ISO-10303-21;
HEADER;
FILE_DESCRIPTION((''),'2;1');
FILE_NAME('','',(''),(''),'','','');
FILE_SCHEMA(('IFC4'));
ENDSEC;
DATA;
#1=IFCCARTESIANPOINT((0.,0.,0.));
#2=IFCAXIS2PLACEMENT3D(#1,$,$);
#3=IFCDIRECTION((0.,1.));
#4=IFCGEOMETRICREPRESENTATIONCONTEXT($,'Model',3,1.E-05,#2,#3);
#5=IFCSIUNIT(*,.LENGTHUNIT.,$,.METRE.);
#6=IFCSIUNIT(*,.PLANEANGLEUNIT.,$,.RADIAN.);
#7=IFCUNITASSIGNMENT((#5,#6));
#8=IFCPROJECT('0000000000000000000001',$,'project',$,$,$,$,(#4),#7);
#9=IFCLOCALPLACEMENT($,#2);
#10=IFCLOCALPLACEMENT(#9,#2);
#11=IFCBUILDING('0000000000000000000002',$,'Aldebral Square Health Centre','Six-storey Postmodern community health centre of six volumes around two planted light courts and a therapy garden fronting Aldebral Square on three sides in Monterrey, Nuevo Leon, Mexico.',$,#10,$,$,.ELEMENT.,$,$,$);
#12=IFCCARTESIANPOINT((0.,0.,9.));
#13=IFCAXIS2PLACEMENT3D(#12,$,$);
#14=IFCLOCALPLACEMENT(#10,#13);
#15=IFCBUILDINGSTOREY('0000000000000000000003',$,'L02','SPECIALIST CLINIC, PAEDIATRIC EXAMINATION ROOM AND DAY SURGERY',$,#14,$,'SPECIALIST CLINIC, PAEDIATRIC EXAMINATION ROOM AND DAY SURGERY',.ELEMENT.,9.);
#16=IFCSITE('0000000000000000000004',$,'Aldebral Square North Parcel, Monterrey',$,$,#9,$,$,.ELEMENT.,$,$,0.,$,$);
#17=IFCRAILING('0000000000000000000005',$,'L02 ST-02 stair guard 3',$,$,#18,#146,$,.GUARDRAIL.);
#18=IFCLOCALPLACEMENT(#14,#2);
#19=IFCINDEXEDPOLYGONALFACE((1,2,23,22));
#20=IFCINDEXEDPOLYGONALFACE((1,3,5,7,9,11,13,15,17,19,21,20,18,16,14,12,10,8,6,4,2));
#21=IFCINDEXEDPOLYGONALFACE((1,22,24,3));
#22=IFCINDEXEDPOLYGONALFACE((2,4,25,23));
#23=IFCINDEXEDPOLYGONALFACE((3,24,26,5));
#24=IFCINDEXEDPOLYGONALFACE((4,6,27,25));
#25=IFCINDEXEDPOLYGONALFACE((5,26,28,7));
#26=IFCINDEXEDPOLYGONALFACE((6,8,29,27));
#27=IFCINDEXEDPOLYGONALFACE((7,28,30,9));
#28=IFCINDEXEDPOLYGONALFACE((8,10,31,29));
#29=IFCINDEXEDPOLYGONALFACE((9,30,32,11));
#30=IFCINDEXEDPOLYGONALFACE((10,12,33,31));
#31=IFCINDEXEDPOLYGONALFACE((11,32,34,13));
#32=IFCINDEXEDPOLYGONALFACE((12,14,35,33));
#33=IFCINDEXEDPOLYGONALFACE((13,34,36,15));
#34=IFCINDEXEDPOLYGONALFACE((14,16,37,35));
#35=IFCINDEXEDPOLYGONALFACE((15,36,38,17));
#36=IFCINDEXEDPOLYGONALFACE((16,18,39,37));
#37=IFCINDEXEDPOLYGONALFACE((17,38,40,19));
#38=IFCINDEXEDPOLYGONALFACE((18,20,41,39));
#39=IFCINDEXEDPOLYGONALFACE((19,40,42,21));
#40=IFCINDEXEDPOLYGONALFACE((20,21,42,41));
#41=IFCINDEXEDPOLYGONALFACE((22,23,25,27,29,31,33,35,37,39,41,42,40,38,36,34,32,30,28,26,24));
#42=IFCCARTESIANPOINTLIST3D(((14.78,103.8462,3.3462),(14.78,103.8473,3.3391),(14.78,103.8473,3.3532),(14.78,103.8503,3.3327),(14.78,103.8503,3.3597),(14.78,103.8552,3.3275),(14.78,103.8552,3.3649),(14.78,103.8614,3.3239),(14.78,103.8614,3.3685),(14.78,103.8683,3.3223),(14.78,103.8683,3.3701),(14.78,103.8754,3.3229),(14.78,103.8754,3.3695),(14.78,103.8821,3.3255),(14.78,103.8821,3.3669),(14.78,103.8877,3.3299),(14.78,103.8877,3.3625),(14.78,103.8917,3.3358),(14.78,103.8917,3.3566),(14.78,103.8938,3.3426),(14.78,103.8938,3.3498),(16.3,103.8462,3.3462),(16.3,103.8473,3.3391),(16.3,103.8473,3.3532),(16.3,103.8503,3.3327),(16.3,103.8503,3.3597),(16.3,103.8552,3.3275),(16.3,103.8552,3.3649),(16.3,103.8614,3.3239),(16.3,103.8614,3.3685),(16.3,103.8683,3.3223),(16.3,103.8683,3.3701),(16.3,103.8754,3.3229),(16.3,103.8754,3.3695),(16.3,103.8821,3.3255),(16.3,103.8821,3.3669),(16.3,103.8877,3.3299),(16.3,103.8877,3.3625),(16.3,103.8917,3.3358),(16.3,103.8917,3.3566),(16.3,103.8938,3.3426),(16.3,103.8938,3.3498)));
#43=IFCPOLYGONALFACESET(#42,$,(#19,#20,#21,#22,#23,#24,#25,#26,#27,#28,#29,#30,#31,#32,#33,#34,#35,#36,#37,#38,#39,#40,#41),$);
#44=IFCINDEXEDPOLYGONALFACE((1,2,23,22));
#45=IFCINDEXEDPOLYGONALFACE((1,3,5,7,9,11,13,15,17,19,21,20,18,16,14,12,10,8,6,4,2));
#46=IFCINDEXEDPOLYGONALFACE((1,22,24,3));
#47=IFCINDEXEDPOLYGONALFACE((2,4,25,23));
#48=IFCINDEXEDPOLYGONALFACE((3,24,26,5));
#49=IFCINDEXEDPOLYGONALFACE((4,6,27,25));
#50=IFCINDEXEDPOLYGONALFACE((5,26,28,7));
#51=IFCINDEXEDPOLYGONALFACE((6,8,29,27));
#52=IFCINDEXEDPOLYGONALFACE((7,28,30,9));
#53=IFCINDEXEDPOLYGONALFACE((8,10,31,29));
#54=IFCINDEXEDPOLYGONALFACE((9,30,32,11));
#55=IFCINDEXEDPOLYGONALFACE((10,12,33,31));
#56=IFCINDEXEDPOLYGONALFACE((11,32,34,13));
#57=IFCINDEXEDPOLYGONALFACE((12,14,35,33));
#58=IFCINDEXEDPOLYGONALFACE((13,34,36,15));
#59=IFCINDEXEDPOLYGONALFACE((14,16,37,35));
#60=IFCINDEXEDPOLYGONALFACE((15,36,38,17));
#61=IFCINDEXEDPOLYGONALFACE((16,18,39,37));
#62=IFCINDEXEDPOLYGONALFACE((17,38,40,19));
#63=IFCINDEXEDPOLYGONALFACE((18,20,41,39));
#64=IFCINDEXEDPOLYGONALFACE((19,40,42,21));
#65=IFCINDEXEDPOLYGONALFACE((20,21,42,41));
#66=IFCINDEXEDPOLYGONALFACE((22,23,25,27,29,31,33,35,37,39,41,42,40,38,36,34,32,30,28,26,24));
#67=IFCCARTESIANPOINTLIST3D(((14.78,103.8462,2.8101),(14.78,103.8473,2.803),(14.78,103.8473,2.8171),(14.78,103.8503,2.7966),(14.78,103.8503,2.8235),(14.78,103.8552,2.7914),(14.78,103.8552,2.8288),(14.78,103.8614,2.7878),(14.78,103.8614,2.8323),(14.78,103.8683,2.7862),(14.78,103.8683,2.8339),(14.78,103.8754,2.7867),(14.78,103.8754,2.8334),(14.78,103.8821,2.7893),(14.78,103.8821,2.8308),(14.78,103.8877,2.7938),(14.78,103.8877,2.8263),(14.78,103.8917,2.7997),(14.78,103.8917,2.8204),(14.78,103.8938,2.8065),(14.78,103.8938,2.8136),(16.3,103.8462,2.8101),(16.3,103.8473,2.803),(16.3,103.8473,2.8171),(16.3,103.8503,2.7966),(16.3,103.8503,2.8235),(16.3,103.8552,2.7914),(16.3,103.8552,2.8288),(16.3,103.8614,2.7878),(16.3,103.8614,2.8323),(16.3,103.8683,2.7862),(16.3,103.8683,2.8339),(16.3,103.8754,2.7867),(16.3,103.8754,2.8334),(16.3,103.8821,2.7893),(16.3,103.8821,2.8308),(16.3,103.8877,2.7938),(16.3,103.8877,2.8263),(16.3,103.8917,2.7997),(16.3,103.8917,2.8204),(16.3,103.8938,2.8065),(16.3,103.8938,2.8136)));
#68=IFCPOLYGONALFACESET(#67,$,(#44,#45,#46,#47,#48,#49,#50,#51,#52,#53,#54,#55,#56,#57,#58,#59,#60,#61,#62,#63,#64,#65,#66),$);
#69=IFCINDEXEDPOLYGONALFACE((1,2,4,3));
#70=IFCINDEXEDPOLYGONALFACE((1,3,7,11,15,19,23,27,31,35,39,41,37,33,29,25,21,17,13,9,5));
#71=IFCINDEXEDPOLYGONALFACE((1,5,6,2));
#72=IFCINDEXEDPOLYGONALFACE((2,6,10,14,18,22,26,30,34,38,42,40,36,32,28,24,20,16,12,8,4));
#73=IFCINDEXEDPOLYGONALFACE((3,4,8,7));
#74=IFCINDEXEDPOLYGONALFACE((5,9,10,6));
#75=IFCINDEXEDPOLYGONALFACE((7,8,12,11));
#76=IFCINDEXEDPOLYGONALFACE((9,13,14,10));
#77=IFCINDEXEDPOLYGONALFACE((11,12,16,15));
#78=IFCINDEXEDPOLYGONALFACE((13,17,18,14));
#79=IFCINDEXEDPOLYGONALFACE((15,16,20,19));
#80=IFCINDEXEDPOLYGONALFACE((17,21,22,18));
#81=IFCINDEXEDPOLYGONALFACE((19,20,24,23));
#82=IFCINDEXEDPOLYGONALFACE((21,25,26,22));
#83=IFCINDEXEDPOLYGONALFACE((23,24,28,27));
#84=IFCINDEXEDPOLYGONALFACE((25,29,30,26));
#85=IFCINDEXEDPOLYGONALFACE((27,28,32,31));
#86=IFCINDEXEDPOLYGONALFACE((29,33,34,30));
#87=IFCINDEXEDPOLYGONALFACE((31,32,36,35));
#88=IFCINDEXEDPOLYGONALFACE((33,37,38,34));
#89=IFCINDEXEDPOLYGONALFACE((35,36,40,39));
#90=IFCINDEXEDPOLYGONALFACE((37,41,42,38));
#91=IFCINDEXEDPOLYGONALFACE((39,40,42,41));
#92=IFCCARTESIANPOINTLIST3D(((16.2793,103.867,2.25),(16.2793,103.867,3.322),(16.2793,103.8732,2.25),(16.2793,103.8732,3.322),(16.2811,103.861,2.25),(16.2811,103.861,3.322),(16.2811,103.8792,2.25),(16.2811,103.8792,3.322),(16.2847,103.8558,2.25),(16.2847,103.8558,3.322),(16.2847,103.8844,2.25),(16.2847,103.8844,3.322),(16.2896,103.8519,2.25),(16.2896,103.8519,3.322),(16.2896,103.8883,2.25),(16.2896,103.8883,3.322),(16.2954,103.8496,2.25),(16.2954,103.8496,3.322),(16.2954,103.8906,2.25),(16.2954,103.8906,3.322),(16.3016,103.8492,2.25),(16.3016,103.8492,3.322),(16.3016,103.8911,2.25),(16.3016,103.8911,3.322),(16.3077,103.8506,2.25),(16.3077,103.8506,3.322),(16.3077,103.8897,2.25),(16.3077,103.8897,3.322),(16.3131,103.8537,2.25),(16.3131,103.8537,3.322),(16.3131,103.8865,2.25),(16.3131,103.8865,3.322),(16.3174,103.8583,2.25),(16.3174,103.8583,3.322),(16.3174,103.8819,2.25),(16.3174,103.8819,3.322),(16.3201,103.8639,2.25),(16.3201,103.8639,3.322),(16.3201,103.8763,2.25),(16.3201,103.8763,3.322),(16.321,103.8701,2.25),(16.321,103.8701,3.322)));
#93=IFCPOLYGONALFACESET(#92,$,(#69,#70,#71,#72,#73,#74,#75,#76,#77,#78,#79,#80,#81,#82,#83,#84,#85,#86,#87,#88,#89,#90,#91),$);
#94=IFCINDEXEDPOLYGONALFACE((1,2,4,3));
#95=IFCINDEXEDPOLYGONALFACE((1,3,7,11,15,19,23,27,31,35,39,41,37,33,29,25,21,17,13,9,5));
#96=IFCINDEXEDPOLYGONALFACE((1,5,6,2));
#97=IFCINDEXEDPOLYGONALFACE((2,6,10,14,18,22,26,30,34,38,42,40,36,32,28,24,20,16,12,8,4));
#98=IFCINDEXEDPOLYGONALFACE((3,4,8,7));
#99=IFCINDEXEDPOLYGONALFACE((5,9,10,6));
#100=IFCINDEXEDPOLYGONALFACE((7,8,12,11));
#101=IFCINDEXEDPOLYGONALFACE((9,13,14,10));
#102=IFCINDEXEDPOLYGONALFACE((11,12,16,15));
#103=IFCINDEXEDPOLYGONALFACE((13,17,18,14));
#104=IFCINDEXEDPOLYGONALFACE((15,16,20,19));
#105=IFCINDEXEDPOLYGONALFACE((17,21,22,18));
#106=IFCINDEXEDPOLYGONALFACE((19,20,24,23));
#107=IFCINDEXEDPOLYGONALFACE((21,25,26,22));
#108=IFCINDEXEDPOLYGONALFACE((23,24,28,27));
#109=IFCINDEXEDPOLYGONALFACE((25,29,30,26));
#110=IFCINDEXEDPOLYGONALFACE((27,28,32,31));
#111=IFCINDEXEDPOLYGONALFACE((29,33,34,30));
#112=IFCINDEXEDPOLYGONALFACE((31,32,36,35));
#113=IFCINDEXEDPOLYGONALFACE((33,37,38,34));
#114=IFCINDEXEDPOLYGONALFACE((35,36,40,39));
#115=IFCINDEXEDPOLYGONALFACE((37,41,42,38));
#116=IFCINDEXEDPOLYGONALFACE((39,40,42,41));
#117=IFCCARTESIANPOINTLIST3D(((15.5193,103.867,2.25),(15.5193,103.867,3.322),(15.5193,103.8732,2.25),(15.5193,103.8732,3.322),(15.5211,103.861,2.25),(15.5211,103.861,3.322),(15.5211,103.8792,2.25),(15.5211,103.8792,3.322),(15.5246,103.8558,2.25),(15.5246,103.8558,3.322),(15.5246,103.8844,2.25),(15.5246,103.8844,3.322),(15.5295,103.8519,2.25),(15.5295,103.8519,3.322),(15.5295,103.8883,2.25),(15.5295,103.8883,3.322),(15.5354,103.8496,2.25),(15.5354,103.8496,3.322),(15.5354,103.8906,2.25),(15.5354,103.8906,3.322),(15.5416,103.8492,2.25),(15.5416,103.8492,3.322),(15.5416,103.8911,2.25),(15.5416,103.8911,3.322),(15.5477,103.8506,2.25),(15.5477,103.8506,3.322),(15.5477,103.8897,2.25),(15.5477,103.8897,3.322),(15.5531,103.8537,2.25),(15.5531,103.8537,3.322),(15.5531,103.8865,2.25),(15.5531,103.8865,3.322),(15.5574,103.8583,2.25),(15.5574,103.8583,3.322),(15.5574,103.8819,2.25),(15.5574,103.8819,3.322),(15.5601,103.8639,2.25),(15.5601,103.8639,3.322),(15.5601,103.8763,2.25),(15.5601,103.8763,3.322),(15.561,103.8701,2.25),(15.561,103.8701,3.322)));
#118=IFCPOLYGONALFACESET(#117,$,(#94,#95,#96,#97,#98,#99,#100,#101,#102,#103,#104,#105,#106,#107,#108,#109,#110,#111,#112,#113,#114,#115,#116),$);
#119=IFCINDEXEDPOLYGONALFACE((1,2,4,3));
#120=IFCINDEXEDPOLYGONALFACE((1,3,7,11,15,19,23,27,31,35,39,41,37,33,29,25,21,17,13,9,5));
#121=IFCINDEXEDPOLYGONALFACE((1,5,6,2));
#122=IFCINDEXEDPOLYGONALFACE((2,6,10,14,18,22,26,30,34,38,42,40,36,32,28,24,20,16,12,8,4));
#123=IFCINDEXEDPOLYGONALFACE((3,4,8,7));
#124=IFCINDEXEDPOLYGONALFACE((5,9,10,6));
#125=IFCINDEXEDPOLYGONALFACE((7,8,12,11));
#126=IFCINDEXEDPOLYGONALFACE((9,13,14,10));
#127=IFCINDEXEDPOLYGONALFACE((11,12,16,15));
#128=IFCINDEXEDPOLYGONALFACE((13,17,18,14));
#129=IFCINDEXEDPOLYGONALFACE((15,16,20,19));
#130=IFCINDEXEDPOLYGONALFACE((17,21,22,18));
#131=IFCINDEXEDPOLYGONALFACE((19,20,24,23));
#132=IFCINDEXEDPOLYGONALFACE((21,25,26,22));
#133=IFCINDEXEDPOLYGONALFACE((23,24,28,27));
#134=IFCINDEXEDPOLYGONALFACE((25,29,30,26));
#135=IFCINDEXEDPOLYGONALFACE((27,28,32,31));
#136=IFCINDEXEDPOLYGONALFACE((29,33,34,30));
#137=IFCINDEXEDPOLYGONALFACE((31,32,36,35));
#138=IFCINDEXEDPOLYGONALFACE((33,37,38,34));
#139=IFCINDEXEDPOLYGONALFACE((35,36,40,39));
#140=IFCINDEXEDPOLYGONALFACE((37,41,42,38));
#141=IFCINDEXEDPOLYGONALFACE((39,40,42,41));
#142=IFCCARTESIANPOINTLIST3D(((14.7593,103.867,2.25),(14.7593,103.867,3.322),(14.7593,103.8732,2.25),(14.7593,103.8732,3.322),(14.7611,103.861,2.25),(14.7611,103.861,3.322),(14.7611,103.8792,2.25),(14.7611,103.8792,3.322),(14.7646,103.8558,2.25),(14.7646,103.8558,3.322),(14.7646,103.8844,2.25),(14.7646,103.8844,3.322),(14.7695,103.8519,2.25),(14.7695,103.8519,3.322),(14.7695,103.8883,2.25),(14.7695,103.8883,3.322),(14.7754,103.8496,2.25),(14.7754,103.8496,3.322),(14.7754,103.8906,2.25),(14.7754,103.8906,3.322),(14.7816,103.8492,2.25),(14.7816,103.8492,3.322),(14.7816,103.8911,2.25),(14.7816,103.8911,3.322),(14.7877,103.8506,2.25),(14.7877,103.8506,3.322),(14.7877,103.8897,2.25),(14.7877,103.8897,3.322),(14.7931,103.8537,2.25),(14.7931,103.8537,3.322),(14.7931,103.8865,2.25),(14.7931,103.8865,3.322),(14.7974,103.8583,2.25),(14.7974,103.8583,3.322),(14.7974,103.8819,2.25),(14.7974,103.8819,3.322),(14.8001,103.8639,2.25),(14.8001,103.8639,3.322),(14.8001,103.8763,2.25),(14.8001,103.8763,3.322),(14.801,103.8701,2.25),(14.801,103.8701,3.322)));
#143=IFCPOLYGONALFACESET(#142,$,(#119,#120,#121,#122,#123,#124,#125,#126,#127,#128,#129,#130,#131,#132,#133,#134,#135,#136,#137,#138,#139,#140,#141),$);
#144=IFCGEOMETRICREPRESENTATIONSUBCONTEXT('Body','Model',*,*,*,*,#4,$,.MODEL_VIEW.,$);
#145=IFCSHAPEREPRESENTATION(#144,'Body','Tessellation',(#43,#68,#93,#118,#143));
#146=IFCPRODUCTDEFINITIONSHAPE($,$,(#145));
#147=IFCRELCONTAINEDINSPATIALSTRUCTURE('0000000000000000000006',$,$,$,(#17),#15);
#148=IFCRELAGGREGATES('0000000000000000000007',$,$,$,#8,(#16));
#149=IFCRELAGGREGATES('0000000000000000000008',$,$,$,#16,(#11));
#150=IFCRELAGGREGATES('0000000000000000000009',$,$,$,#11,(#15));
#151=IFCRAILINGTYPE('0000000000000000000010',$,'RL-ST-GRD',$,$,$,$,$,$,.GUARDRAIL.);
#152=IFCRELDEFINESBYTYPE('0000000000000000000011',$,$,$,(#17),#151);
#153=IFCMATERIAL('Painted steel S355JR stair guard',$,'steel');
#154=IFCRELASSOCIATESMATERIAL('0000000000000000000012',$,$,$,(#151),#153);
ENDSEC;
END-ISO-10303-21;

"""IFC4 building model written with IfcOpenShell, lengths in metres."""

from ifc_helpers import new_model, si_unit, direction, frame, origin, origin_2d, place, context, subcontext, project, spatial, circle, extrude, material, type_object, element, save


model = new_model("IFC4")

# Units and contexts
model_context = context("Model", 3, precision=1e-05, world=origin(), true_north=direction((0.0, 1.0)))
body_context = subcontext(model_context, "Body", "Model", "MODEL_VIEW")
ifc_project = project(units=[si_unit("LENGTHUNIT", "METRE"), si_unit("PLANEANGLEUNIT", "RADIAN")], contexts=[model_context])

# Site, building, storey
site_placement = place(None, origin())
site = spatial("IfcSite", under=ifc_project, at=site_placement, Name="Aldebral Square North Parcel, Monterrey", CompositionType="ELEMENT", RefElevation=0.0)
building_placement = place(site_placement, origin())
building = spatial("IfcBuilding", under=site, at=building_placement, Name="Aldebral Square Health Centre", Description="Six-storey Postmodern community health centre of six volumes around two planted light courts and a therapy garden fronting Aldebral Square on three sides in Monterrey, Nuevo Leon, Mexico.", CompositionType="ELEMENT")
storey_placement = place(building_placement, frame((0.0, 0.0, 9.0)))
storey = spatial("IfcBuildingStorey", under=building, at=storey_placement, Name="L02", Description="SPECIALIST CLINIC, PAEDIATRIC EXAMINATION ROOM AND DAY SURGERY", LongName="SPECIALIST CLINIC, PAEDIATRIC EXAMINATION ROOM AND DAY SURGERY", CompositionType="ELEMENT", Elevation=9.0)

# Railing
ifc_material_1 = material(Name="Painted steel S355JR stair guard", Category="steel")
railing_type_1 = type_object("IfcRailingType", Name="RL-ST-GRD", PredefinedType="GUARDRAIL", material=ifc_material_1)
railing_1_placement = place(storey_placement, frame((16.3, 103.8701, 2.25)))
element("IfcRailing", 1, at=railing_1_placement, inside=storey, type_object=railing_type_1, Name="L02 ST-02 stair guard 3", PredefinedType="GUARDRAIL", context=body_context, shape_type="SweptSolid", body=[
    extrude(circle(Radius=0.0239, at=origin_2d()), frame((0.0, 0.0, 1.0962), z_axis=(-1.0, 0.0, 0.0), x_axis=(0.0, -1.0, 0.0)), (0.0, 0.0, 1.0), 1.52),
    extrude(circle(Radius=0.0239, at=origin_2d()), frame((0.0, 0.0, 0.5601), z_axis=(-1.0, 0.0, 0.0), x_axis=(0.0, -1.0, 0.0)), (0.0, 0.0, 1.0), 1.52),
    extrude(circle(Radius=0.021, at=origin_2d()), origin(), (0.0, 0.0, 1.0), 1.072),
    extrude(circle(Radius=0.021, at=origin_2d()), frame((-0.76, 0.0, 0.0)), (0.0, 0.0, 1.0), 1.072),
    extrude(circle(Radius=0.021, at=origin_2d()), frame((-1.52, 0.0, 0.0)), (0.0, 0.0, 1.0), 1.072),
])

save(model, "model.ifc")
